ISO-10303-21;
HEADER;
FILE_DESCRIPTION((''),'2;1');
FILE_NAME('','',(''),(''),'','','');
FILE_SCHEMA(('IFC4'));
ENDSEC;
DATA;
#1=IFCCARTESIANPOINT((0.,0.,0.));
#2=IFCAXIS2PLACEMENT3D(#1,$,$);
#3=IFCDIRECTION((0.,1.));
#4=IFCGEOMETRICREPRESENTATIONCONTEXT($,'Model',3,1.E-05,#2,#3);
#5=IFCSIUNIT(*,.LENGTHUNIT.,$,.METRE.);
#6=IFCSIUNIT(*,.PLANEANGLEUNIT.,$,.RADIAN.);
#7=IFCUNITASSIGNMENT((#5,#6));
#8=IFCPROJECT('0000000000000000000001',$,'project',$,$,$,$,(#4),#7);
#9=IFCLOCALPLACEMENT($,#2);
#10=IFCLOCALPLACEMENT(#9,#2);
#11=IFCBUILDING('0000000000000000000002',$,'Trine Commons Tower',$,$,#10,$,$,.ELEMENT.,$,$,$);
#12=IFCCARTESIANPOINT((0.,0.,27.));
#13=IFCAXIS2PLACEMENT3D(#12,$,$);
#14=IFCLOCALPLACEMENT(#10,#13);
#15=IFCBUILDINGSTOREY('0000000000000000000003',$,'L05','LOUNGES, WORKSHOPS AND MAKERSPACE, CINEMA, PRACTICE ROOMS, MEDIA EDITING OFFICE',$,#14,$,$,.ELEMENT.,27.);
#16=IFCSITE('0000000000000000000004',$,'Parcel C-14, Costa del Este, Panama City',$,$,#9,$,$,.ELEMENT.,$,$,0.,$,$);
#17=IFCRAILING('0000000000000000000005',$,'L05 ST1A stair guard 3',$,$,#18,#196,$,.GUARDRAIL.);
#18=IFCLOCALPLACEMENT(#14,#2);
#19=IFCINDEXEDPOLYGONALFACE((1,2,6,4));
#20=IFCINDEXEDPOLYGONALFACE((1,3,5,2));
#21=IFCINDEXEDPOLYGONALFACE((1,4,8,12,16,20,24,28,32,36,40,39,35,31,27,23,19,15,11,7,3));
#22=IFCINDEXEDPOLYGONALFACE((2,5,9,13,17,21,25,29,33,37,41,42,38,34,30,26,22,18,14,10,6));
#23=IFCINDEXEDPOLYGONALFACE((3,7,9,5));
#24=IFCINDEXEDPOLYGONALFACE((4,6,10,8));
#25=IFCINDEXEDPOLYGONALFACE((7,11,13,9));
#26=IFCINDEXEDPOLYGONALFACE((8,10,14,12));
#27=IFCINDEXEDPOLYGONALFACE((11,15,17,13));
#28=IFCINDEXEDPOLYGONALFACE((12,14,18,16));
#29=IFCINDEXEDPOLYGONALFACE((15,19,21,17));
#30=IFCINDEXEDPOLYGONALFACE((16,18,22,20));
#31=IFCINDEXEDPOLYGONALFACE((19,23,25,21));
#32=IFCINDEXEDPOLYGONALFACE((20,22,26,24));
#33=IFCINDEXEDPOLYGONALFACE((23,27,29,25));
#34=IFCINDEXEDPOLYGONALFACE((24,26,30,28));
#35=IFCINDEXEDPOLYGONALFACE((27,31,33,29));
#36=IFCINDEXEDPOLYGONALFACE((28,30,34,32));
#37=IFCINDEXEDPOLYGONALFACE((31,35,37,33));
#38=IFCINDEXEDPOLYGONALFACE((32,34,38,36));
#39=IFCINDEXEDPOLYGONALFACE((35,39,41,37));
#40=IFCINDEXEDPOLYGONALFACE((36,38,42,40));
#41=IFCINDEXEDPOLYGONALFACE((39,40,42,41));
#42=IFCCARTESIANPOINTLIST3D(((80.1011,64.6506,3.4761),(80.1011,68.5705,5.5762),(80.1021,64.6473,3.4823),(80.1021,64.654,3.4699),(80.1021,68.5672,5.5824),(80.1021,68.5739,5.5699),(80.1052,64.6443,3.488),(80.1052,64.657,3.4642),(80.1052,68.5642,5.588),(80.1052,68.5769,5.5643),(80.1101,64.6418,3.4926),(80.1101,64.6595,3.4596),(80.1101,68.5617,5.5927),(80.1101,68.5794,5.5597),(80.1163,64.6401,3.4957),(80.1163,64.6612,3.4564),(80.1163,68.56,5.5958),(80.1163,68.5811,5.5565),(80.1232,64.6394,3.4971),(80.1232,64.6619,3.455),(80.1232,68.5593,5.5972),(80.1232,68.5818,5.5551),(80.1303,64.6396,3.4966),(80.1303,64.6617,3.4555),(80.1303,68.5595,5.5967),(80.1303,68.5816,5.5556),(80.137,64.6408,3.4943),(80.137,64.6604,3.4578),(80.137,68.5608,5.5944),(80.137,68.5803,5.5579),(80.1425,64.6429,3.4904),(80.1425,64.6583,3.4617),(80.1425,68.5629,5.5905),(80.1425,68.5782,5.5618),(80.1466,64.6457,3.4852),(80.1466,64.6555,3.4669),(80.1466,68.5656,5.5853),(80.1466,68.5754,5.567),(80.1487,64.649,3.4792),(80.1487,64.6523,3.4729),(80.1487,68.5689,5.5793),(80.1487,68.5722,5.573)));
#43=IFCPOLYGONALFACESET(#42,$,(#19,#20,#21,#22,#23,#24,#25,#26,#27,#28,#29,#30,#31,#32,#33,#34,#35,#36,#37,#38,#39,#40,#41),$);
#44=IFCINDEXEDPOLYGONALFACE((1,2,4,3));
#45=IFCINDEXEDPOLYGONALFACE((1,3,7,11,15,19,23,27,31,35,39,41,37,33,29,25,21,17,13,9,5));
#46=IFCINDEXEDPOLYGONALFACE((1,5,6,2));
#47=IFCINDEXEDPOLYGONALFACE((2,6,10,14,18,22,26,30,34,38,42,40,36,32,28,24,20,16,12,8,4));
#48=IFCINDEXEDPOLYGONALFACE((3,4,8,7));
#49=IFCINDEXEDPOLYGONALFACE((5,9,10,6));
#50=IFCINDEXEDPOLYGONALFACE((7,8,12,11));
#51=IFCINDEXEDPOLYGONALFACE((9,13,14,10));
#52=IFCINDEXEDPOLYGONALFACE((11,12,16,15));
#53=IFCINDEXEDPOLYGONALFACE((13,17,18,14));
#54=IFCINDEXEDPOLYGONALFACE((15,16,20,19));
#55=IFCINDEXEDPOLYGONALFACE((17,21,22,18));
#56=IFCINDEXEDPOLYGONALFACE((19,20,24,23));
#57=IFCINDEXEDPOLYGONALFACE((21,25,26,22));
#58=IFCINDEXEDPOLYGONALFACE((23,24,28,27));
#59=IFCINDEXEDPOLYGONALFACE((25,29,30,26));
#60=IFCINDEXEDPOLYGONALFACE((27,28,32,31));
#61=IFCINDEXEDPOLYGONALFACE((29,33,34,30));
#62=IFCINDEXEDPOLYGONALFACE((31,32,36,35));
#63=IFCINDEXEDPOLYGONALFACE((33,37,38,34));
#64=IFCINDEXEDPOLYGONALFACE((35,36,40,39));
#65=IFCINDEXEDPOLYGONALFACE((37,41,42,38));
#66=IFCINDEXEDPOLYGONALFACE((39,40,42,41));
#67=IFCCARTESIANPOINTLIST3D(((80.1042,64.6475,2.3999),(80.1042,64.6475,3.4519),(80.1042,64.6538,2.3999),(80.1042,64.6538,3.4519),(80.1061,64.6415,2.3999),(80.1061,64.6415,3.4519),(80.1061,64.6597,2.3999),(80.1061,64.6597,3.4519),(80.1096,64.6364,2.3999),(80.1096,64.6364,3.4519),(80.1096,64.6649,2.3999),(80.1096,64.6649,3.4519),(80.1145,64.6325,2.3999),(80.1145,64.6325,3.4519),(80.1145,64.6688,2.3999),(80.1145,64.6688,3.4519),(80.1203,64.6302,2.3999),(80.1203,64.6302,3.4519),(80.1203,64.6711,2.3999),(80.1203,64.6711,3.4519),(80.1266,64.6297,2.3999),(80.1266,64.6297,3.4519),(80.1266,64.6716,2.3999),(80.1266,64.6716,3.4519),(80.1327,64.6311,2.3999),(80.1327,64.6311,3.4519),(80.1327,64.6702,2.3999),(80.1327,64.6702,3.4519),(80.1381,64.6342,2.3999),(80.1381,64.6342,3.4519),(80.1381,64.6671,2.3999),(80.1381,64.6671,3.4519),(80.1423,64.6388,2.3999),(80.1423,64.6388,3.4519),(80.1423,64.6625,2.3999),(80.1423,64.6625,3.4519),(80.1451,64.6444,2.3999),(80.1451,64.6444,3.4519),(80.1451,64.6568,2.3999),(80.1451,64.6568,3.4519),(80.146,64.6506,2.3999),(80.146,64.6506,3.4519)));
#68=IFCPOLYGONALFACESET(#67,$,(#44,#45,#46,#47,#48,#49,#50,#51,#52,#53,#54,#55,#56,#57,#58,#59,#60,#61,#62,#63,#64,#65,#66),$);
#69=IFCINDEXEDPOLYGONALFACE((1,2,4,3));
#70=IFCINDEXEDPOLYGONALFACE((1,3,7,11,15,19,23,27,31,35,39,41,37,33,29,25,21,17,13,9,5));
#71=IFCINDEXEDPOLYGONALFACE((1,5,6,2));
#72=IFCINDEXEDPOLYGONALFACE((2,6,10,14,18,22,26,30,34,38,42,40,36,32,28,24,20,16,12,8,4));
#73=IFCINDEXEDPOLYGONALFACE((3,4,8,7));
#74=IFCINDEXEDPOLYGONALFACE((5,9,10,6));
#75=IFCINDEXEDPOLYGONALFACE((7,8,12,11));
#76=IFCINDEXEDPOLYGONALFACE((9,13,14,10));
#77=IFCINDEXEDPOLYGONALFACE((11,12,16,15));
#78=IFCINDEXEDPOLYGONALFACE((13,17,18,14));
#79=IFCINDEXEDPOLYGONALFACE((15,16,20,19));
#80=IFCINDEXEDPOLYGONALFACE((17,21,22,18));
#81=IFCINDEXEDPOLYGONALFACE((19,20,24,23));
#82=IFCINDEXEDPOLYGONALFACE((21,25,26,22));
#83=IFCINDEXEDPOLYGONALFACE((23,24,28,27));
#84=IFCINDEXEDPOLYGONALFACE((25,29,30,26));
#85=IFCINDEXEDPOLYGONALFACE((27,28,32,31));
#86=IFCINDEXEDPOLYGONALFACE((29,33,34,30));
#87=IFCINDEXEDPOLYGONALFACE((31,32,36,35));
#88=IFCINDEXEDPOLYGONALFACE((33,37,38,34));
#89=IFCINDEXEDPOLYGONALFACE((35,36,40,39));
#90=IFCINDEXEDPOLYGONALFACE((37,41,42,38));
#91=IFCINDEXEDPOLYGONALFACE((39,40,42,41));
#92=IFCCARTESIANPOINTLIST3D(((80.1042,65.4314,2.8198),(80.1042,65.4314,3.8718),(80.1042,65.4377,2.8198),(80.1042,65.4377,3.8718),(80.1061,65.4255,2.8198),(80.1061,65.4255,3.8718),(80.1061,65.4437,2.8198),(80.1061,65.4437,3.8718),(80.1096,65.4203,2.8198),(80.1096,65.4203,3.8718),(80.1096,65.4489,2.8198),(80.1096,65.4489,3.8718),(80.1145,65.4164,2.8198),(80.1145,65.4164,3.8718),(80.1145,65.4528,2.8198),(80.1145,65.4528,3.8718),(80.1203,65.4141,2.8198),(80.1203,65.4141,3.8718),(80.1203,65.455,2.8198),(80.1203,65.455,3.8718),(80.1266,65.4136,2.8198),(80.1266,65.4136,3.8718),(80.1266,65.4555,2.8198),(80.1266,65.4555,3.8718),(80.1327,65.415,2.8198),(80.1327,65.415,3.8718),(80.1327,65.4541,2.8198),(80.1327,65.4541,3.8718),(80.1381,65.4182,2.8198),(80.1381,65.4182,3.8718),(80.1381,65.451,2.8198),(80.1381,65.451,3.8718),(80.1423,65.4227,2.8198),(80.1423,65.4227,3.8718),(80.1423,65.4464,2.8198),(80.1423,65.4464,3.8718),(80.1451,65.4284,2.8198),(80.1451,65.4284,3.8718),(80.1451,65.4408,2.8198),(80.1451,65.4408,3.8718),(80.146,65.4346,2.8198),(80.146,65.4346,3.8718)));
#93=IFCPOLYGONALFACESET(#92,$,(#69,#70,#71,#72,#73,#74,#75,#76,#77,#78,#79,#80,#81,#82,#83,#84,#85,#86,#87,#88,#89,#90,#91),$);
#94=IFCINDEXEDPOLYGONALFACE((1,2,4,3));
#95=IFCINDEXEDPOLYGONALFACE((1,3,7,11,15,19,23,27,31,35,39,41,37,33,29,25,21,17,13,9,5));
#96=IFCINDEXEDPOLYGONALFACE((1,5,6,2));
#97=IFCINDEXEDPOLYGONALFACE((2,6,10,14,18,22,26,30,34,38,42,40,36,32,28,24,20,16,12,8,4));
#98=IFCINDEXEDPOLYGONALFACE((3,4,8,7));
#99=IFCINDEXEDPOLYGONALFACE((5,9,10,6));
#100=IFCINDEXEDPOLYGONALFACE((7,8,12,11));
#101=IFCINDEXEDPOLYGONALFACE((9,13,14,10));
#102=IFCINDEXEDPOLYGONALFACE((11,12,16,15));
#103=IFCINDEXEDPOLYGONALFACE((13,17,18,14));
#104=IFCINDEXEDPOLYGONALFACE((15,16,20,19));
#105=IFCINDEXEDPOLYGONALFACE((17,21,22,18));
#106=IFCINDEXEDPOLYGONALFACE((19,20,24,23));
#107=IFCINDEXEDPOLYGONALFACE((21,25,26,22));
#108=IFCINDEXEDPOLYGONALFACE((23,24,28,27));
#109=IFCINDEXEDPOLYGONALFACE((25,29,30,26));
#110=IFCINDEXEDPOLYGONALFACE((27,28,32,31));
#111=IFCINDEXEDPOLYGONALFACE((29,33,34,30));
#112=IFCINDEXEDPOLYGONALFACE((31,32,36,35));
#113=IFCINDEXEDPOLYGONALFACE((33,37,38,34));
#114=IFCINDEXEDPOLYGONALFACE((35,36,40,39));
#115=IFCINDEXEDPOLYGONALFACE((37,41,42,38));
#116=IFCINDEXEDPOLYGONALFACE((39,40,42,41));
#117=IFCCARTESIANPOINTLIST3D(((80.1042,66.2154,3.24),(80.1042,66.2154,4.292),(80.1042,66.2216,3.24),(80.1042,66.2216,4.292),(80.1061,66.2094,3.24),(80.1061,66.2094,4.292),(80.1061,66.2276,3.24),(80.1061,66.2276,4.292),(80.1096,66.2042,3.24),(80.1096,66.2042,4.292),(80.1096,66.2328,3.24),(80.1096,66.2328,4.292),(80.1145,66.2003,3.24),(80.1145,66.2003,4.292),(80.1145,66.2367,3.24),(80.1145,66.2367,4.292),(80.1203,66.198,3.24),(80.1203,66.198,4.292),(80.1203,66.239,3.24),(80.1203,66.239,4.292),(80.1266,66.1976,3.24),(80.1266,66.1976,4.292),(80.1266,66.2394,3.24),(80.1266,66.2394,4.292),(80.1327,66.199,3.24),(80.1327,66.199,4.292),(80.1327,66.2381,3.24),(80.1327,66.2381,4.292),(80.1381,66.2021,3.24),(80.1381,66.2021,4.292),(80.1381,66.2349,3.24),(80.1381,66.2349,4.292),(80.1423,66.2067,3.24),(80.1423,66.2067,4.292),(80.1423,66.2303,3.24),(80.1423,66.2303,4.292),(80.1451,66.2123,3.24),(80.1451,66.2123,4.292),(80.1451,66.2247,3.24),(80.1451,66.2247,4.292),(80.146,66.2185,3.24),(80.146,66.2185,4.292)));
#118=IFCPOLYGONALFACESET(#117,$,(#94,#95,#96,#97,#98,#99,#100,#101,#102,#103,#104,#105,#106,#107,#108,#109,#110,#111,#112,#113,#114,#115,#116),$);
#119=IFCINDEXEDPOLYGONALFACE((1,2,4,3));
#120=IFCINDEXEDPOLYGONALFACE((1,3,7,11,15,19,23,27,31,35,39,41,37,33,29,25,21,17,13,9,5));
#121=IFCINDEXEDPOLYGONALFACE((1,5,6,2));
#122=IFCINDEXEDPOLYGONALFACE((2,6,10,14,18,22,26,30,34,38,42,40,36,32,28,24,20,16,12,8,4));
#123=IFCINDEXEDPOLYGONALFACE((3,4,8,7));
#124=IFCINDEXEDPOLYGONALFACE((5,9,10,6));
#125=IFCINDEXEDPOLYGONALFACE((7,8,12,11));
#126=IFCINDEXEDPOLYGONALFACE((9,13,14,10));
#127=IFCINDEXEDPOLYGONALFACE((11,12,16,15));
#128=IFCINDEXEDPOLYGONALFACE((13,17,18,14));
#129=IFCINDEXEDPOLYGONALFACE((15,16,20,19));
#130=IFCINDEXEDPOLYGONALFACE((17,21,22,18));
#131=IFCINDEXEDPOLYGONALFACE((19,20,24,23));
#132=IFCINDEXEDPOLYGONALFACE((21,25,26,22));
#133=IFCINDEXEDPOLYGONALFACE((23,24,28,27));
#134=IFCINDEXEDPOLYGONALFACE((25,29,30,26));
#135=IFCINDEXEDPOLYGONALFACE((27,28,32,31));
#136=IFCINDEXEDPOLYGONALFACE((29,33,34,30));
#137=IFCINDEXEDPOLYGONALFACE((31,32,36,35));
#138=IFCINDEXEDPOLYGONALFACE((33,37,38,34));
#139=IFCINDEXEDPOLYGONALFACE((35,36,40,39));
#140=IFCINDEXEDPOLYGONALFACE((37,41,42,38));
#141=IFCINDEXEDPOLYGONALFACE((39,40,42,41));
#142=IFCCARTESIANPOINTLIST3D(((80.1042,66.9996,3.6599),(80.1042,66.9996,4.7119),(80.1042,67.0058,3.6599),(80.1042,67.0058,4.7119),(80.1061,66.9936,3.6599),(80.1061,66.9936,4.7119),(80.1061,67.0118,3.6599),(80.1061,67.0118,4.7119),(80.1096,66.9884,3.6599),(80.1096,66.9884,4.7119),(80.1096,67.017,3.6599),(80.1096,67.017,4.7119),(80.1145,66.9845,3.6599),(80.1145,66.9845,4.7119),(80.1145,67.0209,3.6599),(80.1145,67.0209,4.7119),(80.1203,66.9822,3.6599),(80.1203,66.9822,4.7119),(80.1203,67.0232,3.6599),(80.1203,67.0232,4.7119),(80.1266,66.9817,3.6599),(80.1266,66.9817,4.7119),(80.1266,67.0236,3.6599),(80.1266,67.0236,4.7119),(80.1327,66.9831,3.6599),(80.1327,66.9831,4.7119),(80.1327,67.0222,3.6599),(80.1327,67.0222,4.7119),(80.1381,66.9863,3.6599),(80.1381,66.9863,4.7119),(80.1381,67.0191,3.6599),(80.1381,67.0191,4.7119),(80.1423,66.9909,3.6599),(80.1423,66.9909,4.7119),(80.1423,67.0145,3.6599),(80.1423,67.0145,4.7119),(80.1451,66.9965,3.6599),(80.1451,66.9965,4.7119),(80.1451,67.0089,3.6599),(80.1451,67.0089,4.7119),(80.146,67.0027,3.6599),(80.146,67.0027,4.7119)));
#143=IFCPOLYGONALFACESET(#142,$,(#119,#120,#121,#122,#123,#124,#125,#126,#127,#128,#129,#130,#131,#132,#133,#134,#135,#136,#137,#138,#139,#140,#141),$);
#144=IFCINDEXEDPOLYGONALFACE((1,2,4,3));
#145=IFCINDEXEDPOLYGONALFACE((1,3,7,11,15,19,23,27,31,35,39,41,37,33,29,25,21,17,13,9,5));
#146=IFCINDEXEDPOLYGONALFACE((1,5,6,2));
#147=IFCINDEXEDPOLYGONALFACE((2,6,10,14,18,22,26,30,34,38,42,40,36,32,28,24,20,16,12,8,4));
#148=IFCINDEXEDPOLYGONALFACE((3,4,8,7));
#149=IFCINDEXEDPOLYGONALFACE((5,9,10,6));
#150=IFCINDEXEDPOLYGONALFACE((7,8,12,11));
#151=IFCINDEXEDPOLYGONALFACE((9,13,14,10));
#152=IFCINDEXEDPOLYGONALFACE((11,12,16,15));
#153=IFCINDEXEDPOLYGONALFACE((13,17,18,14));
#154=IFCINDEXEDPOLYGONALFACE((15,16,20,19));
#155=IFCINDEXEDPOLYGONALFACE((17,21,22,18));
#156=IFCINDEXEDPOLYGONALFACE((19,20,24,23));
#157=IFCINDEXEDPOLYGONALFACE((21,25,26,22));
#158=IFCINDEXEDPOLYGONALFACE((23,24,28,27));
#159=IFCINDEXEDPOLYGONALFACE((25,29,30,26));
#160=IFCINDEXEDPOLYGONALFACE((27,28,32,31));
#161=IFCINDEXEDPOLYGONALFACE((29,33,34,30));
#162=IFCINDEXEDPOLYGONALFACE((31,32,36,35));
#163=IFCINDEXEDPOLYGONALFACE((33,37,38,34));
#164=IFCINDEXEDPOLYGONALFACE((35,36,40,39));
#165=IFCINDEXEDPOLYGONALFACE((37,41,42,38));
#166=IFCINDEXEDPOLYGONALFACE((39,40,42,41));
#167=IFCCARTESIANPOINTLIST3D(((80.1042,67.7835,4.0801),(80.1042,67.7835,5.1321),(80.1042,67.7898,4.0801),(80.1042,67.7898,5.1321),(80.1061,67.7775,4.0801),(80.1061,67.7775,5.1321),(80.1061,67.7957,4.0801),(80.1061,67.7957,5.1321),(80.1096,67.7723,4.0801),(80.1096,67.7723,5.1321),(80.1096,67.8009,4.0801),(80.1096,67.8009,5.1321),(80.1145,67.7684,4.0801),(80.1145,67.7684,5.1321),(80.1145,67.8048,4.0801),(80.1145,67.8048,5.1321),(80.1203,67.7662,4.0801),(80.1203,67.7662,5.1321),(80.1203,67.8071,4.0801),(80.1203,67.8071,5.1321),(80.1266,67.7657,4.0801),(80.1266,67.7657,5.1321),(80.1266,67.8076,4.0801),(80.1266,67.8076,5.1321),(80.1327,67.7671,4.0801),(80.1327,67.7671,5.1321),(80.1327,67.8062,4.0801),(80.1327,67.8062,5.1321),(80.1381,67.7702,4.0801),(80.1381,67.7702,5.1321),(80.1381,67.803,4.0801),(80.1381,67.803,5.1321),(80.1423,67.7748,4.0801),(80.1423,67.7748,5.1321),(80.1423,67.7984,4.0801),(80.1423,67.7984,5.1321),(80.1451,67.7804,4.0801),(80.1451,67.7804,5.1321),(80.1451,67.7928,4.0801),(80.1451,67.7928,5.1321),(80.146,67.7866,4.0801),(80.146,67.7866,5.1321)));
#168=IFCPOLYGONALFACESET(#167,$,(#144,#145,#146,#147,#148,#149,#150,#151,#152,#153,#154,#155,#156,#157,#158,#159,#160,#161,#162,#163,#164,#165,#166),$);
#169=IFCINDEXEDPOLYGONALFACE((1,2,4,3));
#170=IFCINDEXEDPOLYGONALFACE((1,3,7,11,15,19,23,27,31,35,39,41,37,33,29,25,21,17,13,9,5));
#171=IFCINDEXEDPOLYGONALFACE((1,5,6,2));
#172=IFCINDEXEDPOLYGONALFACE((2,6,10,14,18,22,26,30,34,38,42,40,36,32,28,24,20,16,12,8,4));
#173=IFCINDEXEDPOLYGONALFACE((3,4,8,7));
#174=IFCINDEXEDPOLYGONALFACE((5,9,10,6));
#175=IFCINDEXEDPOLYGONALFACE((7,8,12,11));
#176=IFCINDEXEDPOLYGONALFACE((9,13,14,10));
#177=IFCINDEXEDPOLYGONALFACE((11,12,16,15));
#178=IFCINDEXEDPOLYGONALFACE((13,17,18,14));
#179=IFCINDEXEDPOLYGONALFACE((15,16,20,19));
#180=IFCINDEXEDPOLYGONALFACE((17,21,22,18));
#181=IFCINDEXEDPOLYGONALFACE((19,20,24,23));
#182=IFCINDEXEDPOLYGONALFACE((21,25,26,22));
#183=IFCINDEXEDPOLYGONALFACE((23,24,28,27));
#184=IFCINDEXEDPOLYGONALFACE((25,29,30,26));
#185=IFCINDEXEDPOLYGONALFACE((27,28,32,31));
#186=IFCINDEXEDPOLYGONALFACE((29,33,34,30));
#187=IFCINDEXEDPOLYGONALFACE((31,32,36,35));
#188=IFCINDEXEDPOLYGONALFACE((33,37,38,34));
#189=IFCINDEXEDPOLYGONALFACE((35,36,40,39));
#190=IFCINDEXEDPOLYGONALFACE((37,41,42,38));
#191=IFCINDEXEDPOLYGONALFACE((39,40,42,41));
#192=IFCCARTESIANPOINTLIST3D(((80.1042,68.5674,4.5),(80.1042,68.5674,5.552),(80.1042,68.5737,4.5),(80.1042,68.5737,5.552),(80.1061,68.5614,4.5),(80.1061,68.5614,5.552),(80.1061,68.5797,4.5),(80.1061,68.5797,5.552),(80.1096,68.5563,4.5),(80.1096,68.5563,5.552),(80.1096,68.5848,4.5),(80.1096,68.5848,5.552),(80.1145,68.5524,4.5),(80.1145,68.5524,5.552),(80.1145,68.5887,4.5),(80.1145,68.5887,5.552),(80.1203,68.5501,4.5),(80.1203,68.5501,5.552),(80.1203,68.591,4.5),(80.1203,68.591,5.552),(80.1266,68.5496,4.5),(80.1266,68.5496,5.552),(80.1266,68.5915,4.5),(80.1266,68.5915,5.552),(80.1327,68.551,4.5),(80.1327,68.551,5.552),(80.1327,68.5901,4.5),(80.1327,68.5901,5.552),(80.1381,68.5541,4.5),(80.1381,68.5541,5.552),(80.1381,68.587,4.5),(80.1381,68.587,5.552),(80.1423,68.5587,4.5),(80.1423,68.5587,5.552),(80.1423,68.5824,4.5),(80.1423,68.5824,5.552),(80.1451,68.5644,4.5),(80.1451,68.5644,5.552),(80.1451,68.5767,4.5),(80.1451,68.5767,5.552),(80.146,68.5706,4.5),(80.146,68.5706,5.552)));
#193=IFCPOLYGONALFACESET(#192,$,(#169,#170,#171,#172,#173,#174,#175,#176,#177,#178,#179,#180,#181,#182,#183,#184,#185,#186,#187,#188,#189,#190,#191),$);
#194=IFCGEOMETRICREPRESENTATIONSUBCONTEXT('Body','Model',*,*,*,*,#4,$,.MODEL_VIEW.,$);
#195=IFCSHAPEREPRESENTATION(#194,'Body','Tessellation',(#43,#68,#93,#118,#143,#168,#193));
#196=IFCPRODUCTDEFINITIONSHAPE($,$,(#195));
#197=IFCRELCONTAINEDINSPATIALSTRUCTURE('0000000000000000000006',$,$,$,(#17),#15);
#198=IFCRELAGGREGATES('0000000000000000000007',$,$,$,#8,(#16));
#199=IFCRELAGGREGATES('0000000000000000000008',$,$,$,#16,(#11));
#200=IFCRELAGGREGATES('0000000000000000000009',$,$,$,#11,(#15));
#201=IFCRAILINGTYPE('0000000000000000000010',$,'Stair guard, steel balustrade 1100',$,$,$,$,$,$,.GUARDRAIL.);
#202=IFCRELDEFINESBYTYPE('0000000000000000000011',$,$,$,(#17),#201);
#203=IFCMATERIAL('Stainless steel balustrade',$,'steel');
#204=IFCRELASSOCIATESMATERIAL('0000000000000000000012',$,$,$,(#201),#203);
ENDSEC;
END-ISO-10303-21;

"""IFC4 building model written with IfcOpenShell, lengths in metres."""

from ifc_helpers import new_model, si_unit, direction, frame, origin, origin_2d, place, context, subcontext, project, spatial, circle, extrude, material, type_object, element, save


model = new_model("IFC4")

# Units and contexts
model_context = context("Model", 3, precision=1e-05, world=origin(), true_north=direction((0.0, 1.0)))
body_context = subcontext(model_context, "Body", "Model", "MODEL_VIEW")
ifc_project = project(units=[si_unit("LENGTHUNIT", "METRE"), si_unit("PLANEANGLEUNIT", "RADIAN")], contexts=[model_context])

# Site, building, storey
site_placement = place(None, origin())
site = spatial("IfcSite", under=ifc_project, at=site_placement, Name="Parcel C-14, Costa del Este, Panama City", CompositionType="ELEMENT", RefElevation=0.0)
building_placement = place(site_placement, origin())
building = spatial("IfcBuilding", under=site, at=building_placement, Name="Trine Commons Tower", CompositionType="ELEMENT")
storey_placement = place(building_placement, frame((0.0, 0.0, 27.0)))
storey = spatial("IfcBuildingStorey", under=building, at=storey_placement, Name="L05", Description="LOUNGES, WORKSHOPS AND MAKERSPACE, CINEMA, PRACTICE ROOMS, MEDIA EDITING OFFICE", CompositionType="ELEMENT", Elevation=27.0)

# Railing
ifc_material_1 = material(Name="Stainless steel balustrade", Category="steel")
railing_type_1 = type_object("IfcRailingType", Name="Stair guard, steel balustrade 1100", PredefinedType="GUARDRAIL", material=ifc_material_1)
railing_1_placement = place(storey_placement, frame((80.125, 64.6506, 2.3999)))
element("IfcRailing", 1, at=railing_1_placement, inside=storey, type_object=railing_type_1, Name="L05 ST1A stair guard 3", PredefinedType="GUARDRAIL", context=body_context, shape_type="SweptSolid", body=[
    extrude(circle(Radius=0.0239, at=origin_2d()), frame((0.0, 0.0, 1.0762), z_axis=(0.0, 0.881467, 0.472246), x_axis=(-1.0, 0.0, 0.0)), (0.0, 0.0, 1.0), 4.447),
    extrude(circle(Radius=0.021, at=origin_2d()), origin(), (0.0, 0.0, 1.0), 1.052),
    extrude(circle(Radius=0.021, at=origin_2d()), frame((0.0, 0.7839, 0.4199)), (0.0, 0.0, 1.0), 1.052),
    extrude(circle(Radius=0.021, at=origin_2d()), frame((0.0, 1.5679, 0.8401)), (0.0, 0.0, 1.0), 1.052),
    extrude(circle(Radius=0.021, at=origin_2d()), frame((0.0, 2.3521, 1.26)), (0.0, 0.0, 1.0), 1.052),
    extrude(circle(Radius=0.021, at=origin_2d()), frame((0.0, 3.136, 1.6802)), (0.0, 0.0, 1.0), 1.052),
    extrude(circle(Radius=0.021, at=origin_2d()), frame((0.0, 3.9199, 2.1001)), (0.0, 0.0, 1.0), 1.052),
])

save(model, "model.ifc")
